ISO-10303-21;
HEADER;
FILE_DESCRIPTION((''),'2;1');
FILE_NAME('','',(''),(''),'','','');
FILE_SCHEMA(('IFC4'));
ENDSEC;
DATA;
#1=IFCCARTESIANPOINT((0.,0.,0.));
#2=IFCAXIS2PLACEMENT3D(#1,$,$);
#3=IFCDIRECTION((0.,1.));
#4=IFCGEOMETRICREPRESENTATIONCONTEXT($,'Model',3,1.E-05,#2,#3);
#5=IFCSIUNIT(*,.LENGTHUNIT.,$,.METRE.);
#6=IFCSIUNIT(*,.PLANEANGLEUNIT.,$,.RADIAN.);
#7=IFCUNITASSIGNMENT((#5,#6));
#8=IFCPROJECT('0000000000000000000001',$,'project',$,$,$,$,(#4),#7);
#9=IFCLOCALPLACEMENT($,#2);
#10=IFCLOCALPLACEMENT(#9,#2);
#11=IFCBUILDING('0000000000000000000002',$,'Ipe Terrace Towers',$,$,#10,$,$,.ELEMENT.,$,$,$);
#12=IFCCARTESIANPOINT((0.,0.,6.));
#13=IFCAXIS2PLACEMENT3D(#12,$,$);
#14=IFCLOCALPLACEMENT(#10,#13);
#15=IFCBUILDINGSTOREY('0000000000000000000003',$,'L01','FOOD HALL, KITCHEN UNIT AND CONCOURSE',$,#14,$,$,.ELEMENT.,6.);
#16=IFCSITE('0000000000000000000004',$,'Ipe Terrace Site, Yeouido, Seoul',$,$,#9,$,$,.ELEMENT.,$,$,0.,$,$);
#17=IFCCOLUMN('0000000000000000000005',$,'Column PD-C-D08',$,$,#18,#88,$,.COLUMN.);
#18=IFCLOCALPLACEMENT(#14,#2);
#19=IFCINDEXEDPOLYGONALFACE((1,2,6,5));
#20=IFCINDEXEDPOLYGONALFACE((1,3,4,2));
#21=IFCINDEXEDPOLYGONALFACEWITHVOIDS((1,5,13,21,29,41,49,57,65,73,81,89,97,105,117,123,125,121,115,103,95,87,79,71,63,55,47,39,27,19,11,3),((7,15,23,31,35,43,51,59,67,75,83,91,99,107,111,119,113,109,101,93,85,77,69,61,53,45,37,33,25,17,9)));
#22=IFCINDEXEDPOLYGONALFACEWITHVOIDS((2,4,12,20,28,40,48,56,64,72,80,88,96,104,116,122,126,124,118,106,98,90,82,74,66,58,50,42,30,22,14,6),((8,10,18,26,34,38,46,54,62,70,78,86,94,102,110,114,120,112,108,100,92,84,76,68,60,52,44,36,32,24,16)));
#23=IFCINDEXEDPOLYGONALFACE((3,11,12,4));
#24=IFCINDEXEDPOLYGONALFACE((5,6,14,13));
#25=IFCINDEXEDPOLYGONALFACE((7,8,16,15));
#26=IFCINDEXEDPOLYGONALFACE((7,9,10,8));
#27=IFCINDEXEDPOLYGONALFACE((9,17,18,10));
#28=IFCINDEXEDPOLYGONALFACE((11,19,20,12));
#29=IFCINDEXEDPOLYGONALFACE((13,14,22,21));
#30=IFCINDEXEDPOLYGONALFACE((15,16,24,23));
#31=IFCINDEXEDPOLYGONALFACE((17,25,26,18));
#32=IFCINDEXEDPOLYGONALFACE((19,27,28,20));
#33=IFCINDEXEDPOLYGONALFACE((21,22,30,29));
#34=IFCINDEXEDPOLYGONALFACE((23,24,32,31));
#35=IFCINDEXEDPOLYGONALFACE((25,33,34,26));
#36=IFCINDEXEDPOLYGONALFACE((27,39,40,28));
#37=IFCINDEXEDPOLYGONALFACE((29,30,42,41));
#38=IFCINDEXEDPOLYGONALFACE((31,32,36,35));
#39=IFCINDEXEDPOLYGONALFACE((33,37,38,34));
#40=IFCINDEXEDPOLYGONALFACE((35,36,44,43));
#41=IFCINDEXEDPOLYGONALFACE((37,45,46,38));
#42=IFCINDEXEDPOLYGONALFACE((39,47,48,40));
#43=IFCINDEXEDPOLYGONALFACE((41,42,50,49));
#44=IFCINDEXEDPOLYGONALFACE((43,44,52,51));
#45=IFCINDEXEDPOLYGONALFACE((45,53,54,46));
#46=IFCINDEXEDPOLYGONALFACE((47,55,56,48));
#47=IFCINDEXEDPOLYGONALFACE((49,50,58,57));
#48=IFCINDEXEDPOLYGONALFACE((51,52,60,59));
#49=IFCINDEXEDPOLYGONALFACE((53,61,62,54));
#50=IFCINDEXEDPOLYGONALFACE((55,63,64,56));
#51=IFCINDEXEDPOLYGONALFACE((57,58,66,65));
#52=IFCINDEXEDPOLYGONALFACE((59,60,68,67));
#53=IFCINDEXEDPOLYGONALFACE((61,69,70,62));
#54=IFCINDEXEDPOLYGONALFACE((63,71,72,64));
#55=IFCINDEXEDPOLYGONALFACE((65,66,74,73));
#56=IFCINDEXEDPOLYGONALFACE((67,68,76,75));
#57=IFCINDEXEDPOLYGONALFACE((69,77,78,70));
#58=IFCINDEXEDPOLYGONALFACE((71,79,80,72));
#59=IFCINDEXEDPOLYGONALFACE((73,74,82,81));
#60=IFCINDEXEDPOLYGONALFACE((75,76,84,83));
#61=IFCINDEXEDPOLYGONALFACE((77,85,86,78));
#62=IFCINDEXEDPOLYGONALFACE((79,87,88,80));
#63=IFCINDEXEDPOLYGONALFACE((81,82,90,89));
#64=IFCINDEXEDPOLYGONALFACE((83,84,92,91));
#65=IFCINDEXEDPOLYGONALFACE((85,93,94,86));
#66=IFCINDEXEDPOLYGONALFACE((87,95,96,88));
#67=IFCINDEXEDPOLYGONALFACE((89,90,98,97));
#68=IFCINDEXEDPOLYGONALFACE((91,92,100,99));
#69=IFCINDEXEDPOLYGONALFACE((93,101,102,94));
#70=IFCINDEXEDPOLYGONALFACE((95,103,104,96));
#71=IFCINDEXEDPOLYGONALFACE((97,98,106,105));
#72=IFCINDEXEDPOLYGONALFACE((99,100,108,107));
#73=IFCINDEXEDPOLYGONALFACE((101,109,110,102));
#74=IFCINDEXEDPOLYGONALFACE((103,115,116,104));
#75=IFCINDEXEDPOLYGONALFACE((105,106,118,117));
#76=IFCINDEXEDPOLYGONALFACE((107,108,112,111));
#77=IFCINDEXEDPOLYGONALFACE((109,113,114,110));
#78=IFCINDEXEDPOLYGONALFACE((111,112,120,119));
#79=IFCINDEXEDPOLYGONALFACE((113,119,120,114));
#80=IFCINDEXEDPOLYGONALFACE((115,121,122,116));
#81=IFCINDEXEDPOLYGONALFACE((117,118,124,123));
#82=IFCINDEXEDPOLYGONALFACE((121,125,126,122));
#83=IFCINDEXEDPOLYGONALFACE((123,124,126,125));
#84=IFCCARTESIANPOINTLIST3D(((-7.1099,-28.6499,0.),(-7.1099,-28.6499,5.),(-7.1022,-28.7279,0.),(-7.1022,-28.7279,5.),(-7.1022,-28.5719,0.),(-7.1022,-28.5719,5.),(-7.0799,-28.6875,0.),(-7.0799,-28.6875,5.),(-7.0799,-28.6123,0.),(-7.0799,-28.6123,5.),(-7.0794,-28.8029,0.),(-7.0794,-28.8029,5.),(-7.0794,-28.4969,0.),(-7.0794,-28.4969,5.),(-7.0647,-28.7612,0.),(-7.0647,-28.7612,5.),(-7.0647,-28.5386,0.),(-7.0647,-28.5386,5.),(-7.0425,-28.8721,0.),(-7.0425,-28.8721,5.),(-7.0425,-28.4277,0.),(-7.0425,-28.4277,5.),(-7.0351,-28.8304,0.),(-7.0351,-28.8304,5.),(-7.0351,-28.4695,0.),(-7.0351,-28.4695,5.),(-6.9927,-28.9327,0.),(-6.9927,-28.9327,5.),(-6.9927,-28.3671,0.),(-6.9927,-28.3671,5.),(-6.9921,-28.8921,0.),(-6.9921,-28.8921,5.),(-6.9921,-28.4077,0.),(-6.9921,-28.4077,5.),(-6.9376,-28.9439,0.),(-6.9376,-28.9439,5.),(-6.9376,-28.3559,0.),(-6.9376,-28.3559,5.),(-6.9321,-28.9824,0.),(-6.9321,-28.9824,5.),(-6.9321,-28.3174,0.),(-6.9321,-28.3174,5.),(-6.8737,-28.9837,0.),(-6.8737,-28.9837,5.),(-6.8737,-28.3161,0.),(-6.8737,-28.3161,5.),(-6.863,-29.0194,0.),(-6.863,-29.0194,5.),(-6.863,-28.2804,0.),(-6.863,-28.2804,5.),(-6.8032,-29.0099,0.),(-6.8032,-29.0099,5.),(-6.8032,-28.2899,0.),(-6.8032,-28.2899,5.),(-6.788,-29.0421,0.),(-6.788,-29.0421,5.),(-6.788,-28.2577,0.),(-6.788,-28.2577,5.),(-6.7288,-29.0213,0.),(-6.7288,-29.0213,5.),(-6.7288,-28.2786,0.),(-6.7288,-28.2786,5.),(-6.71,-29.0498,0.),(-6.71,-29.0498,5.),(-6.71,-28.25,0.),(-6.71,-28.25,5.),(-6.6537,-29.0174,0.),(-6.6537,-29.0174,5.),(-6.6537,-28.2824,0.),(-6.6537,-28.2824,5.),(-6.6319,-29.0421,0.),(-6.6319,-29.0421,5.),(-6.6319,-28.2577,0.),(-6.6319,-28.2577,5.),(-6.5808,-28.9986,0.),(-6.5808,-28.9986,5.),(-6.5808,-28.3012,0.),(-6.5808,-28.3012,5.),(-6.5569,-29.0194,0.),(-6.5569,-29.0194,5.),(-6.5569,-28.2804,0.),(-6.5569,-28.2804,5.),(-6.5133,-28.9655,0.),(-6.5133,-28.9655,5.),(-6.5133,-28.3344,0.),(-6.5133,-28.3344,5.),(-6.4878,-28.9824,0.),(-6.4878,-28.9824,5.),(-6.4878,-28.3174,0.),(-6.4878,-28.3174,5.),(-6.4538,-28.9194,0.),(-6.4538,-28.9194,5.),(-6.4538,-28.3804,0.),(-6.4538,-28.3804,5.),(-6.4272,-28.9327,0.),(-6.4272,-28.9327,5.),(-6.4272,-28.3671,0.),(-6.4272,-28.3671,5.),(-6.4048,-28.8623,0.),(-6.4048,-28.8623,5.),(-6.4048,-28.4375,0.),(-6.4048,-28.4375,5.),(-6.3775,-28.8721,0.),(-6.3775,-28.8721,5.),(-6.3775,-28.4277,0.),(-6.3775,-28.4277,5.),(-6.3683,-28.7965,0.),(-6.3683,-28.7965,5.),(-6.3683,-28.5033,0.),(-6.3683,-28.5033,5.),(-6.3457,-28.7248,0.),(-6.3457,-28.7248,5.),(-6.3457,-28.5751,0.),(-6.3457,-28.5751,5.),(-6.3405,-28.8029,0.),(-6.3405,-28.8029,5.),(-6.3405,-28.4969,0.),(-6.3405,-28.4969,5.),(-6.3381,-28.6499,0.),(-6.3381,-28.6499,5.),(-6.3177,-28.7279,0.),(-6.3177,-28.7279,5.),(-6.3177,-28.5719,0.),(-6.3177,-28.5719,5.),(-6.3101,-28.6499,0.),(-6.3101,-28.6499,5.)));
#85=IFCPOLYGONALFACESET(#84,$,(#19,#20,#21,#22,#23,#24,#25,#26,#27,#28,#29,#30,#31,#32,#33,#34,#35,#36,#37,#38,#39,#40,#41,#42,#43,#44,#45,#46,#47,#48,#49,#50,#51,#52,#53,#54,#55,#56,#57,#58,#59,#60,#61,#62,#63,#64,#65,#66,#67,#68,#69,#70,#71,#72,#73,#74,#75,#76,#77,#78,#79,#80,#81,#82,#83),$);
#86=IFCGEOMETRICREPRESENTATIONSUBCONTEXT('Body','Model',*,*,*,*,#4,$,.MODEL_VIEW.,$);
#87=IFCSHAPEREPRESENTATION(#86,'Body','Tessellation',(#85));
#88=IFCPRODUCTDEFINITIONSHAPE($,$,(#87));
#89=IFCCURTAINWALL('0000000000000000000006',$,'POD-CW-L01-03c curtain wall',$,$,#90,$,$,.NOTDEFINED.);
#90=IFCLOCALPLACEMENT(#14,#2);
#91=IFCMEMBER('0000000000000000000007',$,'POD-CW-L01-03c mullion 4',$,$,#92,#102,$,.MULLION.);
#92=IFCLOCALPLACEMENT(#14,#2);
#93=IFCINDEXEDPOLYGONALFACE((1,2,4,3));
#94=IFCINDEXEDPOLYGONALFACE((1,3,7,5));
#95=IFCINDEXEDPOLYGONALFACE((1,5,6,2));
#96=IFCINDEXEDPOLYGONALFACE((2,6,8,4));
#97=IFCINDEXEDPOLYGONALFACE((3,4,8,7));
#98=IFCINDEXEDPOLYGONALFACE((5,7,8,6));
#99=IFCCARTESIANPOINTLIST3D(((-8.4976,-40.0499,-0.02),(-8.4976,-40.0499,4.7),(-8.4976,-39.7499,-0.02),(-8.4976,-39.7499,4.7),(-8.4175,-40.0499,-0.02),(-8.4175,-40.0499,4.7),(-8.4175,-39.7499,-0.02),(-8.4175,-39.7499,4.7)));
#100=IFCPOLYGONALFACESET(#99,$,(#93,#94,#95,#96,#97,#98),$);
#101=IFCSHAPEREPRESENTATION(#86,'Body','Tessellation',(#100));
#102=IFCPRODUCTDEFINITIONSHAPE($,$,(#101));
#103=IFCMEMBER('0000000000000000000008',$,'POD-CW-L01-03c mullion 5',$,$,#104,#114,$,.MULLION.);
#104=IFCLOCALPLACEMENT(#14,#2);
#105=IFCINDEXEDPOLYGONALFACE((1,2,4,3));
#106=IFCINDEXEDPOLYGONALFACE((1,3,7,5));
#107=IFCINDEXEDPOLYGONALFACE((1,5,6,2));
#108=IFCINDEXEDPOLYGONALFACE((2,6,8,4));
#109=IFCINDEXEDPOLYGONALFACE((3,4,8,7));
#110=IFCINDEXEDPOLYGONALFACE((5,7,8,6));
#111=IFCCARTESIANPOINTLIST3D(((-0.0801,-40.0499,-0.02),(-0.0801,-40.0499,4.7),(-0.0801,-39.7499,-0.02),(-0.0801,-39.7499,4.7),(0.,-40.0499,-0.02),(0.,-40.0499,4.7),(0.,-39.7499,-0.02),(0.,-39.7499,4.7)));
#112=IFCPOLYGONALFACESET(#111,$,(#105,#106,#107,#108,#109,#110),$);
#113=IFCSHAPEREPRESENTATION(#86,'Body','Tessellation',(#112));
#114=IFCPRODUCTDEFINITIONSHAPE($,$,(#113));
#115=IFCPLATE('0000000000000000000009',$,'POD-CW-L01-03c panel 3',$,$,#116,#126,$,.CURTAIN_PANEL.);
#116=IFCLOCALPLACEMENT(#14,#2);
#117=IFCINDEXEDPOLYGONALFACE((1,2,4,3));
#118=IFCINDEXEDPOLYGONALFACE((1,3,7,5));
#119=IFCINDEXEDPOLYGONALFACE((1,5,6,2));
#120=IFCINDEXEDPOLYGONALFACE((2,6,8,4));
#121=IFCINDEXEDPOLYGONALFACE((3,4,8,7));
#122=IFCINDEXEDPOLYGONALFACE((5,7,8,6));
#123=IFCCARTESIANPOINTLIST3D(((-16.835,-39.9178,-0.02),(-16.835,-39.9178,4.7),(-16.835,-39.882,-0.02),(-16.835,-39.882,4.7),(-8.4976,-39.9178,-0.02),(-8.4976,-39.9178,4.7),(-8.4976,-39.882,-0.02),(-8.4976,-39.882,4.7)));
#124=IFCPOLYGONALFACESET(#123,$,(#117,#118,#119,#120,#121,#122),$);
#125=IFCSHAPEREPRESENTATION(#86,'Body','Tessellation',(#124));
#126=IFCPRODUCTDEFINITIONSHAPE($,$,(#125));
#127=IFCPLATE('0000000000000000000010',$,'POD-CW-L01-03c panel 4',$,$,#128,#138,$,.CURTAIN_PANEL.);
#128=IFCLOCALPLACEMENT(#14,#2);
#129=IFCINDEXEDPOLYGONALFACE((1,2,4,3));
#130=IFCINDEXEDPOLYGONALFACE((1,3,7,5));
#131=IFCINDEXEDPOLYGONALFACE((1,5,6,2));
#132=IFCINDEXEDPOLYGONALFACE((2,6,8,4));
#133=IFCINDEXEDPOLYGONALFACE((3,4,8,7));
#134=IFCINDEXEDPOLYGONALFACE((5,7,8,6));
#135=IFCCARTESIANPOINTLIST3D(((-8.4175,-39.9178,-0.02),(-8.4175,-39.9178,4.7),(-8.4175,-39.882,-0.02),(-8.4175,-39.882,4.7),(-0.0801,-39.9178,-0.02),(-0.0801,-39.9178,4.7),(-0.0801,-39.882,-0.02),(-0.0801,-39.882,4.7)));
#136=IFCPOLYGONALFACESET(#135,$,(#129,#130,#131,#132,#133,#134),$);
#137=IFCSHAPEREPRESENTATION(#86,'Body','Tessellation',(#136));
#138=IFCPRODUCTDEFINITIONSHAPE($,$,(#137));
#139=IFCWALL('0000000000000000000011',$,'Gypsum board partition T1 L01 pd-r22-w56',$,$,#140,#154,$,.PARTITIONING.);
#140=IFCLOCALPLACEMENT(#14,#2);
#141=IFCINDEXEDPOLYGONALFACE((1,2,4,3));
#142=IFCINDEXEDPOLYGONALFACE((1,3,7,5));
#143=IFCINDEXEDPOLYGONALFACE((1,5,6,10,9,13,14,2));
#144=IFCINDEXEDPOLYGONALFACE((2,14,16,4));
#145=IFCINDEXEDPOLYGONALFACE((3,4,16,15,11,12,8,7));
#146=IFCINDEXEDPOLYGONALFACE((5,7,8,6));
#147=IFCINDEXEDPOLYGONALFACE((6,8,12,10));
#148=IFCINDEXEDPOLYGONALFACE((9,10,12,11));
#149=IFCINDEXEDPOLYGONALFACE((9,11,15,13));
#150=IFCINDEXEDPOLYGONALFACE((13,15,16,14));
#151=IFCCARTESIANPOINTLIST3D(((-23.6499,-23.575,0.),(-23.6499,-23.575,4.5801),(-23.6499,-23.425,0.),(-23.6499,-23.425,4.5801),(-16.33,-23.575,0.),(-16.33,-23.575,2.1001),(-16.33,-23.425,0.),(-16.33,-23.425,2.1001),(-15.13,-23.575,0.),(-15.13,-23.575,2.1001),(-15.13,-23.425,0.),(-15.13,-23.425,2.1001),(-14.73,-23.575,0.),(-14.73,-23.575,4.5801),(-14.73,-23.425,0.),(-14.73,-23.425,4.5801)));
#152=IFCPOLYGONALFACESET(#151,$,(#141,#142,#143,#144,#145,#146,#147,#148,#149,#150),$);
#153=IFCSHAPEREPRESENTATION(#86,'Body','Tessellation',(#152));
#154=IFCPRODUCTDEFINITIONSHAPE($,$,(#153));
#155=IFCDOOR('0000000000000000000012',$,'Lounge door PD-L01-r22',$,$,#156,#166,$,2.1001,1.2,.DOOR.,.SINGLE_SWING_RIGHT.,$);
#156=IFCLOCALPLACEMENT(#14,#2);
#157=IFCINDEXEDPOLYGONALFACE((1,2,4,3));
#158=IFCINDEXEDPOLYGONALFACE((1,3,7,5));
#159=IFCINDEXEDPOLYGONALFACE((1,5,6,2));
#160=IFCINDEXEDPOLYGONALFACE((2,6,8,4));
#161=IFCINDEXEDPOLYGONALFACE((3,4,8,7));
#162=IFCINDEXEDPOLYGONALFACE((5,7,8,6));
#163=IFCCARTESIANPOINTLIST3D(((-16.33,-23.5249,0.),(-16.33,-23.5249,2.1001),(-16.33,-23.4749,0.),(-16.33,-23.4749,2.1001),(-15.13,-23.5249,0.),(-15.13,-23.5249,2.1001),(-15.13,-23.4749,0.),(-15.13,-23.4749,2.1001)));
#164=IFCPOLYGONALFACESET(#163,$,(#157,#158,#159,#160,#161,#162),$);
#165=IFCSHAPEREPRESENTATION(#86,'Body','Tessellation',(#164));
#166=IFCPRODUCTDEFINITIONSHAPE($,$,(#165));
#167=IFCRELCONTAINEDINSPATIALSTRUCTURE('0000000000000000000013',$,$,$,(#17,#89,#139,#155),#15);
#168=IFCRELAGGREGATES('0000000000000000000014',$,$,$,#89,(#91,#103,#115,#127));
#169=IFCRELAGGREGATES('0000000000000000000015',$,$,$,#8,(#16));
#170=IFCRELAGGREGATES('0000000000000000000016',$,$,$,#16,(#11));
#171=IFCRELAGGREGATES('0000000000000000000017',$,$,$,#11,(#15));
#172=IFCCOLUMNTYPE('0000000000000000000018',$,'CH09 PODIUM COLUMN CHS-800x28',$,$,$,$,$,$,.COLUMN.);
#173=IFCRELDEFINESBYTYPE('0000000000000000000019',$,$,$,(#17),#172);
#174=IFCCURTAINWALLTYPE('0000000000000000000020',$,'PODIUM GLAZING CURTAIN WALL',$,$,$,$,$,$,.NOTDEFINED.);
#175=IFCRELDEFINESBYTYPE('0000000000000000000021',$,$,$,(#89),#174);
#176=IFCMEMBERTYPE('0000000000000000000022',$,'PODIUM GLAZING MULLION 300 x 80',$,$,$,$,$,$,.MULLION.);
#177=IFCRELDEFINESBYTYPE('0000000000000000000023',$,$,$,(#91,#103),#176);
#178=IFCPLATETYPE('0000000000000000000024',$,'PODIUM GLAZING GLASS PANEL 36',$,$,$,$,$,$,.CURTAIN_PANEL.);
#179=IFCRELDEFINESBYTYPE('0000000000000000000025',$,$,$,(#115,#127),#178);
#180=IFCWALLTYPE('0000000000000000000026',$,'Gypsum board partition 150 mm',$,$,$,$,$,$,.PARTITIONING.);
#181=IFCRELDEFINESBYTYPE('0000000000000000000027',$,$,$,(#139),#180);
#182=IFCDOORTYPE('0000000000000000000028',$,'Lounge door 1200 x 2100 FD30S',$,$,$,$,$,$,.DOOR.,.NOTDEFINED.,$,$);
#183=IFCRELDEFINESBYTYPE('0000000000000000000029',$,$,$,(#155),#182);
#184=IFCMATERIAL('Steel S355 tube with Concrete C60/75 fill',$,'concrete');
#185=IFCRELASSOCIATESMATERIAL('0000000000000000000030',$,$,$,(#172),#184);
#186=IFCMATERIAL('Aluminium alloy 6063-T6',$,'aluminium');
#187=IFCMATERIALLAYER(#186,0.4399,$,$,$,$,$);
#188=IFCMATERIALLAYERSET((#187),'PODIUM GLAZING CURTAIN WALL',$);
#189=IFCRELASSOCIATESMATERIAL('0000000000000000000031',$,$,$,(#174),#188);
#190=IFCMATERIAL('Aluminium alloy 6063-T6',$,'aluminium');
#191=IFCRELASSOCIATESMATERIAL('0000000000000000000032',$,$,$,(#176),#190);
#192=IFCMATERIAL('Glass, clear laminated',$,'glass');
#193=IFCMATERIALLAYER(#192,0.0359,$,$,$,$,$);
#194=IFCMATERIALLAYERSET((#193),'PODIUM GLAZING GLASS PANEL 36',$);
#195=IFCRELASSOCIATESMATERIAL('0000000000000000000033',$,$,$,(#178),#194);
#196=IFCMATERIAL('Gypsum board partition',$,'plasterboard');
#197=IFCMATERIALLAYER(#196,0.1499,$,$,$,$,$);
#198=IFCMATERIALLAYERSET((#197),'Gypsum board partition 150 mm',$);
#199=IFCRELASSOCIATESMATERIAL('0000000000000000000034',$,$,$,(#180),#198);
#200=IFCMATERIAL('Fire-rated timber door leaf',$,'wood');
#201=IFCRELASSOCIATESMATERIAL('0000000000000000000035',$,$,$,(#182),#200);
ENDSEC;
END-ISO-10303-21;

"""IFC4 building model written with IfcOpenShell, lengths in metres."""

from ifc_helpers import new_model, si_unit, direction, frame, frame_2d, origin, origin_2d, place, context, subcontext, project, spatial, rectangle, hollow_circle, extrude, material, layer, layer_set, material_profile, profile_set, type_object, element, fill, aggregate, save


model = new_model("IFC4")

# Units and contexts
model_context = context("Model", 3, precision=1e-05, world=origin(), true_north=direction((0.0, 1.0)))
body_context = subcontext(model_context, "Body", "Model", "MODEL_VIEW")
ifc_project = project(units=[si_unit("LENGTHUNIT", "METRE"), si_unit("PLANEANGLEUNIT", "RADIAN")], contexts=[model_context])

# Site, building, storey
site_placement = place(None, origin())
site = spatial("IfcSite", under=ifc_project, at=site_placement, Name="Ipe Terrace Site, Yeouido, Seoul", CompositionType="ELEMENT", RefElevation=0.0)
building_placement = place(site_placement, origin())
building = spatial("IfcBuilding", under=site, at=building_placement, Name="Ipe Terrace Towers", CompositionType="ELEMENT")
storey_placement = place(building_placement, frame((0.0, 0.0, 6.0)))
storey = spatial("IfcBuildingStorey", under=building, at=storey_placement, Name="L01", Description="FOOD HALL, KITCHEN UNIT AND CONCOURSE", CompositionType="ELEMENT", Elevation=6.0)

# Column
ifc_material_1 = material(Name="Steel S355 tube with Concrete C60/75 fill", Category="concrete")
ifc_material_profile_1 = material_profile(ifc_material_1, hollow_circle(Radius=0.3999, WallThickness=0.0281, at=origin_2d()), Name="CHS-800x28")
ifc_profile_set_1 = profile_set([ifc_material_profile_1], Name="Steel S355 tube with Concrete C60/75 fill")
column_type = type_object("IfcColumnType", Name="CH09 PODIUM COLUMN CHS-800x28", PredefinedType="COLUMN", material=ifc_profile_set_1)
for number, where, z_axis, x_axis, name in (
    (1, (-6.71, -28.6499, 0.0), (0.0, 0.0, 1.0), (1.0, 0.0, 0.0), "Column PD-C-D08"),
):
    element("IfcColumn", number, at=place(storey_placement, frame(where, z_axis=z_axis, x_axis=x_axis)), inside=storey, type_object=column_type, Name=name, PredefinedType="COLUMN", context=body_context, shape_type="SweptSolid", body=[
        extrude(hollow_circle(Radius=0.3999, WallThickness=0.0281, at=origin_2d()), origin(), (0.0, 0.0, 1.0), 5.0),
    ])

# Curtain wall, members, plates
ifc_material_2 = material(Name="Aluminium alloy 6063-T6", Category="aluminium")
ifc_layer_1 = layer(ifc_material_2, 0.4399)
ifc_layer_set_1 = layer_set([ifc_layer_1], Name="PODIUM GLAZING CURTAIN WALL")
curtain_wall_type = type_object("IfcCurtainWallType", Name="PODIUM GLAZING CURTAIN WALL", PredefinedType="NOTDEFINED", material=ifc_layer_set_1)
curtain_wall_placement = place(storey_placement, origin())
curtain_wall = element("IfcCurtainWall", 2, at=curtain_wall_placement, inside=storey, type_object=curtain_wall_type, Name="POD-CW-L01-03c curtain wall", PredefinedType="NOTDEFINED")
ifc_material_3 = material(Name="Aluminium alloy 6063-T6", Category="aluminium")
ifc_material_profile_2 = material_profile(ifc_material_3, rectangle(XDim=0.3, YDim=0.0801, at=origin_2d()), Name="PODIUM GLAZING MULLION 300 x 80")
ifc_profile_set_2 = profile_set([ifc_material_profile_2], Name="Aluminium alloy 6063-T6")
member_type = type_object("IfcMemberType", Name="PODIUM GLAZING MULLION 300 x 80", PredefinedType="MULLION", material=ifc_profile_set_2)
member_1_placement = place(storey_placement, frame((-8.4575, -39.8999, -0.02), z_axis=(0.0, 0.0, 1.0), x_axis=(0.0, -1.0, 0.0)))
member_1 = element("IfcMember", 3, at=member_1_placement, type_object=member_type, Name="POD-CW-L01-03c mullion 4", PredefinedType="MULLION", context=body_context, shape_type="SweptSolid", body=[
    extrude(rectangle(XDim=0.3, YDim=0.0801, at=origin_2d()), origin(), (0.0, 0.0, 1.0), 4.72),
])
member_2_placement = place(storey_placement, frame((-0.04, -39.8999, -0.02), z_axis=(0.0, 0.0, 1.0), x_axis=(0.0, -1.0, 0.0)))
member_2 = element("IfcMember", 4, at=member_2_placement, type_object=member_type, Name="POD-CW-L01-03c mullion 5", PredefinedType="MULLION", context=body_context, shape_type="SweptSolid", body=[
    extrude(rectangle(XDim=0.3, YDim=0.0801, at=origin_2d()), origin(), (0.0, 0.0, 1.0), 4.72),
])
ifc_material_4 = material(Name="Glass, clear laminated", Category="glass")
ifc_layer_2 = layer(ifc_material_4, 0.0359)
ifc_layer_set_2 = layer_set([ifc_layer_2], Name="PODIUM GLAZING GLASS PANEL 36")
plate_type = type_object("IfcPlateType", Name="PODIUM GLAZING GLASS PANEL 36", PredefinedType="CURTAIN_PANEL", material=ifc_layer_set_2)
plate_1_placement = place(storey_placement, frame((-12.6663, -39.8999, -0.02), z_axis=(0.0, 0.0, 1.0), x_axis=(1.0, 0.0, 0.0)))
plate_1 = element("IfcPlate", 5, at=plate_1_placement, type_object=plate_type, Name="POD-CW-L01-03c panel 3", PredefinedType="CURTAIN_PANEL", context=body_context, shape_type="SweptSolid", body=[
    extrude(rectangle(XDim=8.3374, YDim=0.0359, at=origin_2d()), origin(), (0.0, 0.0, 1.0), 4.72),
])
plate_2_placement = place(storey_placement, frame((-4.2488, -39.8999, -0.02), z_axis=(0.0, 0.0, 1.0), x_axis=(1.0, 0.0, 0.0)))
plate_2 = element("IfcPlate", 6, at=plate_2_placement, type_object=plate_type, Name="POD-CW-L01-03c panel 4", PredefinedType="CURTAIN_PANEL", context=body_context, shape_type="SweptSolid", body=[
    extrude(rectangle(XDim=8.3374, YDim=0.0359, at=origin_2d()), origin(), (0.0, 0.0, 1.0), 4.72),
])
aggregate(curtain_wall, [member_1, member_2, plate_1, plate_2])

# Wall, opening, door
ifc_material_5 = material(Name="Gypsum board partition", Category="plasterboard")
ifc_layer_3 = layer(ifc_material_5, 0.1499)
ifc_layer_set_3 = layer_set([ifc_layer_3], Name="Gypsum board partition 150 mm")
wall_type_1 = type_object("IfcWallType", Name="Gypsum board partition 150 mm", PredefinedType="PARTITIONING", material=ifc_layer_set_3)
wall_1_placement = place(storey_placement, frame((-14.73, -23.5, 0.0), z_axis=(0.0, 0.0, 1.0), x_axis=(-1.0, 0.0, 0.0)))
wall_1 = element("IfcWall", 7, at=wall_1_placement, inside=storey, type_object=wall_type_1, Name="Gypsum board partition T1 L01 pd-r22-w56", PredefinedType="PARTITIONING", context=body_context, shape_type="SweptSolid", body=[
    extrude(rectangle(XDim=8.9199, YDim=0.1499, at=frame_2d((4.46, 0.0))), origin(), (0.0, 0.0, 1.0), 4.5801),
])
opening_1_placement = place(wall_1_placement, frame((0.3999, 0.0, 0.0)))
opening_1 = element("IfcOpeningElement", 8, at=opening_1_placement, cuts=wall_1, PredefinedType="OPENING", context=body_context, shape_type="SweptSolid", body=[
    extrude(rectangle(XDim=1.2, YDim=2.1001, at=frame_2d((0.6001, 1.05))), frame((0.0, 0.085, 0.0), z_axis=(0.0, -1.0, 0.0), x_axis=(1.0, 0.0, 0.0)), (0.0, 0.0, 1.0), 0.1699),
])
ifc_material_6 = material(Name="Fire-rated timber door leaf", Category="wood")
door_type_1 = type_object("IfcDoorType", Name="Lounge door 1200 x 2100 FD30S", OperationType="NOTDEFINED", PredefinedType="DOOR", material=ifc_material_6)
door_1_placement = place(opening_1_placement, origin())
door_1 = element("IfcDoor", 9, at=door_1_placement, inside=storey, type_object=door_type_1, Name="Lounge door PD-L01-r22", OperationType="SINGLE_SWING_RIGHT", OverallHeight=2.1001, OverallWidth=1.2, PredefinedType="DOOR", context=body_context, shape_type="SweptSolid", body=[
    extrude(rectangle(XDim=1.2, YDim=2.1001, at=frame_2d((0.6001, 1.05))), frame((0.0, 0.0249, 0.0), z_axis=(0.0, -1.0, 0.0), x_axis=(1.0, 0.0, 0.0)), (0.0, 0.0, 1.0), 0.05),
])
fill(opening_1, door_1)

save(model, "model.ifc")
